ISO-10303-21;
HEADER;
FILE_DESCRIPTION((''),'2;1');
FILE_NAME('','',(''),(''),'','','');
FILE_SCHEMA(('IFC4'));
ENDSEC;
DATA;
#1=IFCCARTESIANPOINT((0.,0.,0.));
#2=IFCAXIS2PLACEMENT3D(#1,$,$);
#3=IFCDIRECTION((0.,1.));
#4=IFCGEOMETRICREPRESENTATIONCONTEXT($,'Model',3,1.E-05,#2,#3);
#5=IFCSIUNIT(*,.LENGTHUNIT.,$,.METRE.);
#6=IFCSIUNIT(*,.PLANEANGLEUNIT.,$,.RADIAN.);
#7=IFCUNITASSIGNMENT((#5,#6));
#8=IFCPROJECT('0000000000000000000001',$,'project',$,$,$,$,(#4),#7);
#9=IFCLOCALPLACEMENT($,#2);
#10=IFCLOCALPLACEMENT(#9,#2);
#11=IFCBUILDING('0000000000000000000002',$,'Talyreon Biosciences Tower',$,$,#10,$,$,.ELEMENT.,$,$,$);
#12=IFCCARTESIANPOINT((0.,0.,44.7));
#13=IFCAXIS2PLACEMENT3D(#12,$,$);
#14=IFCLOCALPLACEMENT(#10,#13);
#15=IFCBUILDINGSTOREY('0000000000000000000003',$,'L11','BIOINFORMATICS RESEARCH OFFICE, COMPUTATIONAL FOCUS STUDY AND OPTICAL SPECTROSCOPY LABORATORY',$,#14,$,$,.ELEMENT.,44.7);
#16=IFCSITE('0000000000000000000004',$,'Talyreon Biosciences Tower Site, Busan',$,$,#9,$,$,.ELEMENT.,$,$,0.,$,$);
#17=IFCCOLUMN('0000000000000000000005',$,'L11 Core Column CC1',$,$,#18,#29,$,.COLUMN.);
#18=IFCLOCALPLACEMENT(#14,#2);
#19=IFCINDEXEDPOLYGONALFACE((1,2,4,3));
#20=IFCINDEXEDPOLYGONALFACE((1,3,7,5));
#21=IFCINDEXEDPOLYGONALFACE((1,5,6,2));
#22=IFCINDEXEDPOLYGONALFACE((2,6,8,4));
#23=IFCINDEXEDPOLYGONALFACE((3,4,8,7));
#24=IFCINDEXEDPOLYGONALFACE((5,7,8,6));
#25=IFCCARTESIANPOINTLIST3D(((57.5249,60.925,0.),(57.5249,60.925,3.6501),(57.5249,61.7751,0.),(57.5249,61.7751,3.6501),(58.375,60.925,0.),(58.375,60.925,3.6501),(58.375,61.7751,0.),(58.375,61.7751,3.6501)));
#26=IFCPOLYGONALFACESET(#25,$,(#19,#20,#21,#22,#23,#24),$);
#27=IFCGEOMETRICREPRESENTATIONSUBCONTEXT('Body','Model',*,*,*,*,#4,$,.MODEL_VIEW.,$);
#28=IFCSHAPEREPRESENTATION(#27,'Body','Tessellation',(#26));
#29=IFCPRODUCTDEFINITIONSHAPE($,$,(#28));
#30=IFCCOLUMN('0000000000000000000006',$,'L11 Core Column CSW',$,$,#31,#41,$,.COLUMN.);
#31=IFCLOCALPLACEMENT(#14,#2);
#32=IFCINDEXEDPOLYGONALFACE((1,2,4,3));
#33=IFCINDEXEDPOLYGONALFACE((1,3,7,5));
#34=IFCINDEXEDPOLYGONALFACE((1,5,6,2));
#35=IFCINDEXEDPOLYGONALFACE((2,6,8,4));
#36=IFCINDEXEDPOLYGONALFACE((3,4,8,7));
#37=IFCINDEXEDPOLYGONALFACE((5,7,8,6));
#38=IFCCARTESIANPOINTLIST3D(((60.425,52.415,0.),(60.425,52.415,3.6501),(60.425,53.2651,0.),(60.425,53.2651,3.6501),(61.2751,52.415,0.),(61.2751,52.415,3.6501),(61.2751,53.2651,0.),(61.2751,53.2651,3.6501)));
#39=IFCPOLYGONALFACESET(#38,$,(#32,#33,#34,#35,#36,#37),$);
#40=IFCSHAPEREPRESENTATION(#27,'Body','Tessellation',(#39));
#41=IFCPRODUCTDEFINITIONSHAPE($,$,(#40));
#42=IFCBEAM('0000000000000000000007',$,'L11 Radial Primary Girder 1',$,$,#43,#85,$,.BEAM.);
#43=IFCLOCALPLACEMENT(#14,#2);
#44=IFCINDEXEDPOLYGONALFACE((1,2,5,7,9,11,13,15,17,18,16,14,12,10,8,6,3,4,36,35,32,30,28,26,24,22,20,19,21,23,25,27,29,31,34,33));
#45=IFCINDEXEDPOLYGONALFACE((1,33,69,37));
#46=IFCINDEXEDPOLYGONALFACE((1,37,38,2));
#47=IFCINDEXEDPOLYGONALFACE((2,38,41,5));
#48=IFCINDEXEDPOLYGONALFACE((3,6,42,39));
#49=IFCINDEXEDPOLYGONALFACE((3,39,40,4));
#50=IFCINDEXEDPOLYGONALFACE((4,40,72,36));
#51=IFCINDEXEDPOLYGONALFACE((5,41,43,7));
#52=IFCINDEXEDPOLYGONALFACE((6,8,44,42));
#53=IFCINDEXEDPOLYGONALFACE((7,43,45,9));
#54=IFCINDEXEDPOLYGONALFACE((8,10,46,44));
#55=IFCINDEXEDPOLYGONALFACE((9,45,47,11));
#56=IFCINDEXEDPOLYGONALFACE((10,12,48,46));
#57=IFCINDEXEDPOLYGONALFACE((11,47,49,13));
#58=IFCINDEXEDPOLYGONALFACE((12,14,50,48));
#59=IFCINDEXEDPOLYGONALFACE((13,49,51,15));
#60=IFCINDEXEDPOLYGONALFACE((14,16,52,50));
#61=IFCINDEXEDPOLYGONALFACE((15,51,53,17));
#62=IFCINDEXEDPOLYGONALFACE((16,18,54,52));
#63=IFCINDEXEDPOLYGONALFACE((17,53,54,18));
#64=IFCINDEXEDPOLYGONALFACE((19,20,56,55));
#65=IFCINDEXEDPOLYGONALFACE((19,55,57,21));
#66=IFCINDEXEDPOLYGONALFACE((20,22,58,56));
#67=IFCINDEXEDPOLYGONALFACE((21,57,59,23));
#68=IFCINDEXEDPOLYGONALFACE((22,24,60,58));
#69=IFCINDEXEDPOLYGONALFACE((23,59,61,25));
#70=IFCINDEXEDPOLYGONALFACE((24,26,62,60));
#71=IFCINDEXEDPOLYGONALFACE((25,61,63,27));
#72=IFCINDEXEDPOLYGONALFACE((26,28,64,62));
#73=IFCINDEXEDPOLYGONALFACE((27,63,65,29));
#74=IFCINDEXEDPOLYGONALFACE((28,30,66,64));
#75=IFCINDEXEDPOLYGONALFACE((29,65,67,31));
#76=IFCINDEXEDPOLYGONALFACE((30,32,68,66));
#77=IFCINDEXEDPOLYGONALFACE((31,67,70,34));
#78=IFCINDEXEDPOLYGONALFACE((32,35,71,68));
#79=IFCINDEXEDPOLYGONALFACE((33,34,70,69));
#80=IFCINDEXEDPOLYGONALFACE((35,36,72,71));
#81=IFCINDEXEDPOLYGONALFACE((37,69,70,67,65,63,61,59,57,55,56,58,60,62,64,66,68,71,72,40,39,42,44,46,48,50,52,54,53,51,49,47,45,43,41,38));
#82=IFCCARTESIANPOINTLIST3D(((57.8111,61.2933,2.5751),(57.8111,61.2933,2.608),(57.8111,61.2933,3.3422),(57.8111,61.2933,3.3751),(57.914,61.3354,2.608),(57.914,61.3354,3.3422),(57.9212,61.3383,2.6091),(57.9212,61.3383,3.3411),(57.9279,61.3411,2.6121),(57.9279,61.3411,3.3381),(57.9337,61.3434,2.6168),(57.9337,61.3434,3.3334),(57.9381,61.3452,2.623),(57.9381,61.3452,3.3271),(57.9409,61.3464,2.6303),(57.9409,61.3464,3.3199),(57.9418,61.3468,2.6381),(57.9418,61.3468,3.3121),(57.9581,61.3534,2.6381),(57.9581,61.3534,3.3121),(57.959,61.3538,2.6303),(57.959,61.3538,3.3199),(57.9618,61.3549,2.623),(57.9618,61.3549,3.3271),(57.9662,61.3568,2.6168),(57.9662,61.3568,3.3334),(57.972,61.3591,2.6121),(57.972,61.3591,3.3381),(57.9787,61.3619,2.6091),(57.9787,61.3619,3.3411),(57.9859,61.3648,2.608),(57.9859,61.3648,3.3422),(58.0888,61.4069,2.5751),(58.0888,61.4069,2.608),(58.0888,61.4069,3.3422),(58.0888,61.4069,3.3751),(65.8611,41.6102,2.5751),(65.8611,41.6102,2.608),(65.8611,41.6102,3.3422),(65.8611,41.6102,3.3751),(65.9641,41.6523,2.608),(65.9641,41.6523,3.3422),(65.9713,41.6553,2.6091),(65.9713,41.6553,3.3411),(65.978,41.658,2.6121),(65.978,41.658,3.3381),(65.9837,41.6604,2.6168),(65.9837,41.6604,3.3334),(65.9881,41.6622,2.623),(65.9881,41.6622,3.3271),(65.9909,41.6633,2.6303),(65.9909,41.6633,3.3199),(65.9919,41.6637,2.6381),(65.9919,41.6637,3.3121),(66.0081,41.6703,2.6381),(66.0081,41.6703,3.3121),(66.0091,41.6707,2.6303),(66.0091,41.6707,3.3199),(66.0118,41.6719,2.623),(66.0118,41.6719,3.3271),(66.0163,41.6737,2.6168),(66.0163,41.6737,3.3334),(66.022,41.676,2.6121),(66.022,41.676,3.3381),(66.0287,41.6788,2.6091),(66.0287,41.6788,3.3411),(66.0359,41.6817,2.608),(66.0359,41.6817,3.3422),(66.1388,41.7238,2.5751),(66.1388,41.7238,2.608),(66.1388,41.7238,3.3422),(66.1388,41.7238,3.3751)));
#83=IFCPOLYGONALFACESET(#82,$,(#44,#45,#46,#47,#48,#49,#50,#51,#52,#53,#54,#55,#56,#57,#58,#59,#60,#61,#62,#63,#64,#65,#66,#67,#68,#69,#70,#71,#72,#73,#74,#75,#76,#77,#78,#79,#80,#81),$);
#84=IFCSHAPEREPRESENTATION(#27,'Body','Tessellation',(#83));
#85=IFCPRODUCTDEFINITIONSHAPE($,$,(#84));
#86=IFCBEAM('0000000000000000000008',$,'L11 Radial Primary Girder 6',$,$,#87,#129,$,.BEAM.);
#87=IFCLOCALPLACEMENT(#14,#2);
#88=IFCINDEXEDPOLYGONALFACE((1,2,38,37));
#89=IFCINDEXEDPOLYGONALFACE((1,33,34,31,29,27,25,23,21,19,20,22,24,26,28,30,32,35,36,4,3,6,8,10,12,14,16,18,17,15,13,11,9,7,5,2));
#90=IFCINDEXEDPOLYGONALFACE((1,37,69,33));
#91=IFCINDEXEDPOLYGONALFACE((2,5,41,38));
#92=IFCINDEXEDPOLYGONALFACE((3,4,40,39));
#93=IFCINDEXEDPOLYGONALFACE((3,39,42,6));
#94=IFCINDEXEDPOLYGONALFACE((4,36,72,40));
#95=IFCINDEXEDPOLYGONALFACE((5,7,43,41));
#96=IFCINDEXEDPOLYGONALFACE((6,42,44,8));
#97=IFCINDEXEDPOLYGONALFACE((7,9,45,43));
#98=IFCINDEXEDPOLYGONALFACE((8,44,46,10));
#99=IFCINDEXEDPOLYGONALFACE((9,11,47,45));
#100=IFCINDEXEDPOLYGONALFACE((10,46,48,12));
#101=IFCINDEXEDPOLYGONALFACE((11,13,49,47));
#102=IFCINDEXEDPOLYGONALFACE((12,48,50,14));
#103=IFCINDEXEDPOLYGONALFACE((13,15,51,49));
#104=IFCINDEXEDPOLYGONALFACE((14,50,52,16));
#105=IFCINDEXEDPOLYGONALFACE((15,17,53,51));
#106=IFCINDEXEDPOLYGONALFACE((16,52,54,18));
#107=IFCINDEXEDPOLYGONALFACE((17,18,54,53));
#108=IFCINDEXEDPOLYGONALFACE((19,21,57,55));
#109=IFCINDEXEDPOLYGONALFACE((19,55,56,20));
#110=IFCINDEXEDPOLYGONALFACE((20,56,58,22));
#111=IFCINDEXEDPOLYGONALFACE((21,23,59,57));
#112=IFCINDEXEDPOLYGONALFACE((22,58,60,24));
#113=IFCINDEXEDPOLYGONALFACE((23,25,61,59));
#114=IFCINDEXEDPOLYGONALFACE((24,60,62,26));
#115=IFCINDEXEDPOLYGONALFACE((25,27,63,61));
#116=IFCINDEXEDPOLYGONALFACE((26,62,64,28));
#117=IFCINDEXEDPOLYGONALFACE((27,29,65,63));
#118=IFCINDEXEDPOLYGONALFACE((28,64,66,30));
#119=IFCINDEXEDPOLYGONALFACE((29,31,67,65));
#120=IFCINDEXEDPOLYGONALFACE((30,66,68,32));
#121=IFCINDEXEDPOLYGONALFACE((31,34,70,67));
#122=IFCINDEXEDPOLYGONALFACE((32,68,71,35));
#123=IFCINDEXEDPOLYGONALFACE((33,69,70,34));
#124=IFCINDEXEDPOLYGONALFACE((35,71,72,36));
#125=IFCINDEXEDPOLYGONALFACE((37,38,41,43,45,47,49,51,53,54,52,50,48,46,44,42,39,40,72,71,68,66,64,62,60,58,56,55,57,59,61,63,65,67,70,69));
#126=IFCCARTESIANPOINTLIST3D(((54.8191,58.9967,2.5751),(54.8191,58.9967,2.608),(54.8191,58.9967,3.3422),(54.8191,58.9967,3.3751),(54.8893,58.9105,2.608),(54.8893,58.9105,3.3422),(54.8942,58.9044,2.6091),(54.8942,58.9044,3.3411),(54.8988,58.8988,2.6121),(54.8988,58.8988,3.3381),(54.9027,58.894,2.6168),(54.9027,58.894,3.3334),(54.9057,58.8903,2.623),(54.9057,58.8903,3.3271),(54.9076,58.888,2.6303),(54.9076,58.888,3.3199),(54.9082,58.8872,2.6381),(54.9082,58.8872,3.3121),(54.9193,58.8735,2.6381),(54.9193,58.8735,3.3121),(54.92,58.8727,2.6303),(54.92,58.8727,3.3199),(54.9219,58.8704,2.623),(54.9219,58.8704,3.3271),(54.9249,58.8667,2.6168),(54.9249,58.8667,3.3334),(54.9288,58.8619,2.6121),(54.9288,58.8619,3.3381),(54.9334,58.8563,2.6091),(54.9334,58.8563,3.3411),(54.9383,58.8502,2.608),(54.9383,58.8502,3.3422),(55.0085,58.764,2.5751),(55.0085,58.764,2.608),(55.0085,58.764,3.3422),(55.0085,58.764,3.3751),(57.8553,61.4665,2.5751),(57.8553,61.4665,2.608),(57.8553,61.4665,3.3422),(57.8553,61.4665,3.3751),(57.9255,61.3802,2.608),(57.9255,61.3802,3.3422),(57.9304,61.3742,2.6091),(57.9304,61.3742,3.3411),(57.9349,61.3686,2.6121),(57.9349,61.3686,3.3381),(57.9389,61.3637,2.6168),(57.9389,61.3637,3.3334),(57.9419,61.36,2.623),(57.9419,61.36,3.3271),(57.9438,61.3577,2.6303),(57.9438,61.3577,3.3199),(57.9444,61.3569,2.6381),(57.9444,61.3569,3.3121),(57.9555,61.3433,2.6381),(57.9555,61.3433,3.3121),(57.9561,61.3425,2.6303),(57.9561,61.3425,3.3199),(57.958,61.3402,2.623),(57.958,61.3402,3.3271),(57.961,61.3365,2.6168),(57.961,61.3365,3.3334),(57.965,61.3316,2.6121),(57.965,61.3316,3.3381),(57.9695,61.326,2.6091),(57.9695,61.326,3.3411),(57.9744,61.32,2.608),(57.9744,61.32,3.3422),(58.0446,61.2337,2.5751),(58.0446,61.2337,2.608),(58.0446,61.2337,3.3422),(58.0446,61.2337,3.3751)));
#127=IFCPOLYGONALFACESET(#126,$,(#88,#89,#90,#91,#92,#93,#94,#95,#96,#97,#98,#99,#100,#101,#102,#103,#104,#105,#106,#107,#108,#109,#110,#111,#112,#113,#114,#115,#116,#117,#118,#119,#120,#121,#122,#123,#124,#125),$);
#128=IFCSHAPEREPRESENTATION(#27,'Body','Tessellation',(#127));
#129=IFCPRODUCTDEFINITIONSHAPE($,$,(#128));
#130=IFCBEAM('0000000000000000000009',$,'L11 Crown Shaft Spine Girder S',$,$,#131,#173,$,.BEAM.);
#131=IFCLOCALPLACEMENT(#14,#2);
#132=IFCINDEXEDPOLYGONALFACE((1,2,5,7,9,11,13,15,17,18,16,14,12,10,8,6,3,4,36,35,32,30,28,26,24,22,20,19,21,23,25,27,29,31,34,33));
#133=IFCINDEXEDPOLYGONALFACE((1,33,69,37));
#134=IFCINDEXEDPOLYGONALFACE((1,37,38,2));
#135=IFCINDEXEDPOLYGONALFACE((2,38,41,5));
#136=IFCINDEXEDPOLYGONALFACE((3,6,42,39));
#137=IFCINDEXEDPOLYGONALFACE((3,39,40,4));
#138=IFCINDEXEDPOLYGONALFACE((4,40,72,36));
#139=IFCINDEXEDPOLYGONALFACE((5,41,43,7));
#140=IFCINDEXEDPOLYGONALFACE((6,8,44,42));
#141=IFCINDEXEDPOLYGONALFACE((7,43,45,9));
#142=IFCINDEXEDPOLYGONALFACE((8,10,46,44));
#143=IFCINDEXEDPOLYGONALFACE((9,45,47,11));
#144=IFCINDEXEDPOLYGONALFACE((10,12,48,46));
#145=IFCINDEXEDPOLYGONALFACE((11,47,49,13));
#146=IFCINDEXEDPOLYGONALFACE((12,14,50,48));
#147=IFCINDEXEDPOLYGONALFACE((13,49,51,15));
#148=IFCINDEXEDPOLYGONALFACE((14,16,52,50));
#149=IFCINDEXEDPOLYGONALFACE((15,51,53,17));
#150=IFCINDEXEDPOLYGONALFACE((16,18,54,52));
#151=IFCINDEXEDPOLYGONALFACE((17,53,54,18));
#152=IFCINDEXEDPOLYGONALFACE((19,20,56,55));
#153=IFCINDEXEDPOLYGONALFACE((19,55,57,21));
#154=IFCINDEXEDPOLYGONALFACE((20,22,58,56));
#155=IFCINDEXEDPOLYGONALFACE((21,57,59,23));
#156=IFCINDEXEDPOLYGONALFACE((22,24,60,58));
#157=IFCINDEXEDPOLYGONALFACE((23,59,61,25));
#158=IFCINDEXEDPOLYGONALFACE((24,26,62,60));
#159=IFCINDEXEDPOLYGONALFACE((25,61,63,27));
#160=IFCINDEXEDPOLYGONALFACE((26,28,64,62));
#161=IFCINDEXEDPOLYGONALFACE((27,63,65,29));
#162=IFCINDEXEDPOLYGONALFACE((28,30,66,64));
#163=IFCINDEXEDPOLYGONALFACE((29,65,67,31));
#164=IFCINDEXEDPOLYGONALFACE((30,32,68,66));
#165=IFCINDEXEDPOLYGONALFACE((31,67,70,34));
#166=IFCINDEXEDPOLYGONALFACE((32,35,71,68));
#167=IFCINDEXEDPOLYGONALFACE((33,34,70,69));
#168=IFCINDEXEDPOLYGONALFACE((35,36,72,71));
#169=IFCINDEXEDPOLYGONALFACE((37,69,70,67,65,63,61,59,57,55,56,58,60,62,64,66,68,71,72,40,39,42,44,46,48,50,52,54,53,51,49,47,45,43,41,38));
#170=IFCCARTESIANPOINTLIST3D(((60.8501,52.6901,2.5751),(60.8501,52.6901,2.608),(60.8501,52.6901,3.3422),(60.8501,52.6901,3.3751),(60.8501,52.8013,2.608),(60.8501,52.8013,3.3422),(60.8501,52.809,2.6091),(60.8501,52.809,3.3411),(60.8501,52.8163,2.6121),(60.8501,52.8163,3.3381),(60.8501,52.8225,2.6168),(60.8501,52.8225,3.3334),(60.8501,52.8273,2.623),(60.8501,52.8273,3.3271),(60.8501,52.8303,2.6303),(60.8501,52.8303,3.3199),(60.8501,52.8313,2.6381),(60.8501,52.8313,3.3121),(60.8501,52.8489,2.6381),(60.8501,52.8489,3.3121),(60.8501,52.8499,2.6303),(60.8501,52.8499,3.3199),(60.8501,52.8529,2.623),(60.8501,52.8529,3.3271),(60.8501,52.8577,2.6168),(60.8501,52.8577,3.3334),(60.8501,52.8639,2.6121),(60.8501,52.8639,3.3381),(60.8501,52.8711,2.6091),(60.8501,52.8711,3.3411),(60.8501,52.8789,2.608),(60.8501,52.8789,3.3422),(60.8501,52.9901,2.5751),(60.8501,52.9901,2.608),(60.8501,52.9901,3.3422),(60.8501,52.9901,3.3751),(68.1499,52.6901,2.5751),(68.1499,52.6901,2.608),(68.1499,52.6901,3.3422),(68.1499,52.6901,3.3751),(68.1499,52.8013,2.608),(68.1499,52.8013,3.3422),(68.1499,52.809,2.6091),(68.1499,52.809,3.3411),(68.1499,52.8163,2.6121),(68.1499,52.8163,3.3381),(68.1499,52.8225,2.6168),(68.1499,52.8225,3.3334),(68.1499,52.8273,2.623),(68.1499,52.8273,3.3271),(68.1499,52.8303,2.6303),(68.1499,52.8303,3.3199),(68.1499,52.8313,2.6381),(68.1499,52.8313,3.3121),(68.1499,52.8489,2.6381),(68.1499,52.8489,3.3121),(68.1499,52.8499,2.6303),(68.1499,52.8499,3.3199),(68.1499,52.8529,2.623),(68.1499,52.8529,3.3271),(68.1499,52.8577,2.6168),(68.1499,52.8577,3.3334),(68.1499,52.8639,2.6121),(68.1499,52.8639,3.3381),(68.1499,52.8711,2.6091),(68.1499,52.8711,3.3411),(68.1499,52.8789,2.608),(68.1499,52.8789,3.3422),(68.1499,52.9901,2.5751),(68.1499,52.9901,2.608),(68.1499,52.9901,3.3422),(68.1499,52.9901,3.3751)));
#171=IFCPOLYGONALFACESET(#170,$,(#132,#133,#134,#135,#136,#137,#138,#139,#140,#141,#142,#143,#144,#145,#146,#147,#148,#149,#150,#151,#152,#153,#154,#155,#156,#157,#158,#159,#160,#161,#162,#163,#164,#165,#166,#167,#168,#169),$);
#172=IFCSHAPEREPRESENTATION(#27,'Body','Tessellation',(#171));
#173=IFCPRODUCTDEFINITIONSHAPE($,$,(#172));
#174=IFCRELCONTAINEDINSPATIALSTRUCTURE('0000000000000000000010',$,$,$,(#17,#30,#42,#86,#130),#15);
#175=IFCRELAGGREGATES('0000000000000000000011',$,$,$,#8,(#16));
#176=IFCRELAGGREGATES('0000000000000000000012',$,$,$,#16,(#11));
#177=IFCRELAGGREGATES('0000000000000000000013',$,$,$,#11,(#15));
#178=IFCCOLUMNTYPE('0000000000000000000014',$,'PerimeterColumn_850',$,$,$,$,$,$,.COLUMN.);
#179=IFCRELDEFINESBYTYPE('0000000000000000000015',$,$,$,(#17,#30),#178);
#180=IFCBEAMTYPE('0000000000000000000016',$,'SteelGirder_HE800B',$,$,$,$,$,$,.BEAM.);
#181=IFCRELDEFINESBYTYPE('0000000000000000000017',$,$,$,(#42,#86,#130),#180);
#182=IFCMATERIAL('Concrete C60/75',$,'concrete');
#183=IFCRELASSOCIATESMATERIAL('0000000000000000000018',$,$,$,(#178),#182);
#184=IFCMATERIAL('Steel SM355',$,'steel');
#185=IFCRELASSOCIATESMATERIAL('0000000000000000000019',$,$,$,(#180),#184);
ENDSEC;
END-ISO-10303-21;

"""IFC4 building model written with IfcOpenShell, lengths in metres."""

from ifc_helpers import new_model, si_unit, direction, frame, origin, origin_2d, place, context, subcontext, project, spatial, rectangle, i_section, extrude, material, material_profile, profile_set, type_object, element, save


model = new_model("IFC4")

# Units and contexts
model_context = context("Model", 3, precision=1e-05, world=origin(), true_north=direction((0.0, 1.0)))
body_context = subcontext(model_context, "Body", "Model", "MODEL_VIEW")
ifc_project = project(units=[si_unit("LENGTHUNIT", "METRE"), si_unit("PLANEANGLEUNIT", "RADIAN")], contexts=[model_context])

# Site, building, storey
site_placement = place(None, origin())
site = spatial("IfcSite", under=ifc_project, at=site_placement, Name="Talyreon Biosciences Tower Site, Busan", CompositionType="ELEMENT", RefElevation=0.0)
building_placement = place(site_placement, origin())
building = spatial("IfcBuilding", under=site, at=building_placement, Name="Talyreon Biosciences Tower", CompositionType="ELEMENT")
storey_placement = place(building_placement, frame((0.0, 0.0, 44.7)))
storey = spatial("IfcBuildingStorey", under=building, at=storey_placement, Name="L11", Description="BIOINFORMATICS RESEARCH OFFICE, COMPUTATIONAL FOCUS STUDY AND OPTICAL SPECTROSCOPY LABORATORY", CompositionType="ELEMENT", Elevation=44.7)

# Columns
ifc_material_1 = material(Name="Concrete C60/75", Category="concrete")
ifc_material_profile_1 = material_profile(ifc_material_1, rectangle(XDim=0.8501, YDim=0.8501, at=origin_2d()), Name="RC 850x850")
ifc_profile_set_1 = profile_set([ifc_material_profile_1], Name="Concrete C60/75")
column_type = type_object("IfcColumnType", Name="PerimeterColumn_850", PredefinedType="COLUMN", material=ifc_profile_set_1)
for number, where, z_axis, x_axis, name in (
    (1, (57.95, 61.3501, 0.0), (0.0, 0.0, 1.0), (1.0, 0.0, 0.0), "L11 Core Column CC1"),
    (2, (60.8501, 52.8401, 0.0), (0.0, 0.0, 1.0), (1.0, 0.0, 0.0), "L11 Core Column CSW"),
):
    element("IfcColumn", number, at=place(storey_placement, frame(where, z_axis=z_axis, x_axis=x_axis)), inside=storey, type_object=column_type, Name=name, PredefinedType="COLUMN", context=body_context, shape_type="SweptSolid", body=[
        extrude(rectangle(XDim=0.8501, YDim=0.8501, at=origin_2d()), origin(), (0.0, 0.0, 1.0), 3.6501),
    ])

# Beams
ifc_material_2 = material(Name="Steel SM355", Category="steel")
ifc_material_profile_2 = material_profile(ifc_material_2, i_section(OverallWidth=0.3, OverallDepth=0.8, WebThickness=0.0176, FlangeThickness=0.033, FilletRadius=0.03, at=origin_2d()), Name="HE800B")
ifc_profile_set_2 = profile_set([ifc_material_profile_2], Name="Steel SM355")
beam_type_1 = type_object("IfcBeamType", Name="SteelGirder_HE800B", PredefinedType="BEAM", material=ifc_profile_set_2)
beam_1_placement = place(storey_placement, frame((57.95, 61.3501, 2.9751), z_axis=(0.378547, -0.925582, 0.0), x_axis=(0.925582, 0.378547, 0.0)))
element("IfcBeam", 3, at=beam_1_placement, inside=storey, type_object=beam_type_1, Name="L11 Radial Primary Girder 1", PredefinedType="BEAM", context=body_context, shape_type="SweptSolid", body=[
    extrude(i_section(OverallWidth=0.3, OverallDepth=0.8, WebThickness=0.0176, FlangeThickness=0.033, FilletRadius=0.03, at=origin_2d()), origin(), (0.0, 0.0, 1.0), 21.2656),
])
beam_2_placement = place(storey_placement, frame((57.95, 61.3501, 2.9751), z_axis=(-0.775755, -0.631034, 0.0), x_axis=(0.631034, -0.775755, 0.0)))
element("IfcBeam", 4, at=beam_2_placement, inside=storey, type_object=beam_type_1, Name="L11 Radial Primary Girder 6", PredefinedType="BEAM", context=body_context, shape_type="SweptSolid", body=[
    extrude(i_section(OverallWidth=0.3, OverallDepth=0.8, WebThickness=0.0176, FlangeThickness=0.033, FilletRadius=0.03, at=origin_2d()), origin(), (0.0, 0.0, 1.0), 3.9138),
])
beam_3_placement = place(storey_placement, frame((60.8501, 52.8401, 2.9751), z_axis=(1.0, 0.0, 0.0), x_axis=(0.0, 1.0, 0.0)))
element("IfcBeam", 5, at=beam_3_placement, inside=storey, type_object=beam_type_1, Name="L11 Crown Shaft Spine Girder S", PredefinedType="BEAM", context=body_context, shape_type="SweptSolid", body=[
    extrude(i_section(OverallWidth=0.3, OverallDepth=0.8, WebThickness=0.0176, FlangeThickness=0.033, FilletRadius=0.03, at=origin_2d()), origin(), (0.0, 0.0, 1.0), 7.2998),
])

save(model, "model.ifc")
